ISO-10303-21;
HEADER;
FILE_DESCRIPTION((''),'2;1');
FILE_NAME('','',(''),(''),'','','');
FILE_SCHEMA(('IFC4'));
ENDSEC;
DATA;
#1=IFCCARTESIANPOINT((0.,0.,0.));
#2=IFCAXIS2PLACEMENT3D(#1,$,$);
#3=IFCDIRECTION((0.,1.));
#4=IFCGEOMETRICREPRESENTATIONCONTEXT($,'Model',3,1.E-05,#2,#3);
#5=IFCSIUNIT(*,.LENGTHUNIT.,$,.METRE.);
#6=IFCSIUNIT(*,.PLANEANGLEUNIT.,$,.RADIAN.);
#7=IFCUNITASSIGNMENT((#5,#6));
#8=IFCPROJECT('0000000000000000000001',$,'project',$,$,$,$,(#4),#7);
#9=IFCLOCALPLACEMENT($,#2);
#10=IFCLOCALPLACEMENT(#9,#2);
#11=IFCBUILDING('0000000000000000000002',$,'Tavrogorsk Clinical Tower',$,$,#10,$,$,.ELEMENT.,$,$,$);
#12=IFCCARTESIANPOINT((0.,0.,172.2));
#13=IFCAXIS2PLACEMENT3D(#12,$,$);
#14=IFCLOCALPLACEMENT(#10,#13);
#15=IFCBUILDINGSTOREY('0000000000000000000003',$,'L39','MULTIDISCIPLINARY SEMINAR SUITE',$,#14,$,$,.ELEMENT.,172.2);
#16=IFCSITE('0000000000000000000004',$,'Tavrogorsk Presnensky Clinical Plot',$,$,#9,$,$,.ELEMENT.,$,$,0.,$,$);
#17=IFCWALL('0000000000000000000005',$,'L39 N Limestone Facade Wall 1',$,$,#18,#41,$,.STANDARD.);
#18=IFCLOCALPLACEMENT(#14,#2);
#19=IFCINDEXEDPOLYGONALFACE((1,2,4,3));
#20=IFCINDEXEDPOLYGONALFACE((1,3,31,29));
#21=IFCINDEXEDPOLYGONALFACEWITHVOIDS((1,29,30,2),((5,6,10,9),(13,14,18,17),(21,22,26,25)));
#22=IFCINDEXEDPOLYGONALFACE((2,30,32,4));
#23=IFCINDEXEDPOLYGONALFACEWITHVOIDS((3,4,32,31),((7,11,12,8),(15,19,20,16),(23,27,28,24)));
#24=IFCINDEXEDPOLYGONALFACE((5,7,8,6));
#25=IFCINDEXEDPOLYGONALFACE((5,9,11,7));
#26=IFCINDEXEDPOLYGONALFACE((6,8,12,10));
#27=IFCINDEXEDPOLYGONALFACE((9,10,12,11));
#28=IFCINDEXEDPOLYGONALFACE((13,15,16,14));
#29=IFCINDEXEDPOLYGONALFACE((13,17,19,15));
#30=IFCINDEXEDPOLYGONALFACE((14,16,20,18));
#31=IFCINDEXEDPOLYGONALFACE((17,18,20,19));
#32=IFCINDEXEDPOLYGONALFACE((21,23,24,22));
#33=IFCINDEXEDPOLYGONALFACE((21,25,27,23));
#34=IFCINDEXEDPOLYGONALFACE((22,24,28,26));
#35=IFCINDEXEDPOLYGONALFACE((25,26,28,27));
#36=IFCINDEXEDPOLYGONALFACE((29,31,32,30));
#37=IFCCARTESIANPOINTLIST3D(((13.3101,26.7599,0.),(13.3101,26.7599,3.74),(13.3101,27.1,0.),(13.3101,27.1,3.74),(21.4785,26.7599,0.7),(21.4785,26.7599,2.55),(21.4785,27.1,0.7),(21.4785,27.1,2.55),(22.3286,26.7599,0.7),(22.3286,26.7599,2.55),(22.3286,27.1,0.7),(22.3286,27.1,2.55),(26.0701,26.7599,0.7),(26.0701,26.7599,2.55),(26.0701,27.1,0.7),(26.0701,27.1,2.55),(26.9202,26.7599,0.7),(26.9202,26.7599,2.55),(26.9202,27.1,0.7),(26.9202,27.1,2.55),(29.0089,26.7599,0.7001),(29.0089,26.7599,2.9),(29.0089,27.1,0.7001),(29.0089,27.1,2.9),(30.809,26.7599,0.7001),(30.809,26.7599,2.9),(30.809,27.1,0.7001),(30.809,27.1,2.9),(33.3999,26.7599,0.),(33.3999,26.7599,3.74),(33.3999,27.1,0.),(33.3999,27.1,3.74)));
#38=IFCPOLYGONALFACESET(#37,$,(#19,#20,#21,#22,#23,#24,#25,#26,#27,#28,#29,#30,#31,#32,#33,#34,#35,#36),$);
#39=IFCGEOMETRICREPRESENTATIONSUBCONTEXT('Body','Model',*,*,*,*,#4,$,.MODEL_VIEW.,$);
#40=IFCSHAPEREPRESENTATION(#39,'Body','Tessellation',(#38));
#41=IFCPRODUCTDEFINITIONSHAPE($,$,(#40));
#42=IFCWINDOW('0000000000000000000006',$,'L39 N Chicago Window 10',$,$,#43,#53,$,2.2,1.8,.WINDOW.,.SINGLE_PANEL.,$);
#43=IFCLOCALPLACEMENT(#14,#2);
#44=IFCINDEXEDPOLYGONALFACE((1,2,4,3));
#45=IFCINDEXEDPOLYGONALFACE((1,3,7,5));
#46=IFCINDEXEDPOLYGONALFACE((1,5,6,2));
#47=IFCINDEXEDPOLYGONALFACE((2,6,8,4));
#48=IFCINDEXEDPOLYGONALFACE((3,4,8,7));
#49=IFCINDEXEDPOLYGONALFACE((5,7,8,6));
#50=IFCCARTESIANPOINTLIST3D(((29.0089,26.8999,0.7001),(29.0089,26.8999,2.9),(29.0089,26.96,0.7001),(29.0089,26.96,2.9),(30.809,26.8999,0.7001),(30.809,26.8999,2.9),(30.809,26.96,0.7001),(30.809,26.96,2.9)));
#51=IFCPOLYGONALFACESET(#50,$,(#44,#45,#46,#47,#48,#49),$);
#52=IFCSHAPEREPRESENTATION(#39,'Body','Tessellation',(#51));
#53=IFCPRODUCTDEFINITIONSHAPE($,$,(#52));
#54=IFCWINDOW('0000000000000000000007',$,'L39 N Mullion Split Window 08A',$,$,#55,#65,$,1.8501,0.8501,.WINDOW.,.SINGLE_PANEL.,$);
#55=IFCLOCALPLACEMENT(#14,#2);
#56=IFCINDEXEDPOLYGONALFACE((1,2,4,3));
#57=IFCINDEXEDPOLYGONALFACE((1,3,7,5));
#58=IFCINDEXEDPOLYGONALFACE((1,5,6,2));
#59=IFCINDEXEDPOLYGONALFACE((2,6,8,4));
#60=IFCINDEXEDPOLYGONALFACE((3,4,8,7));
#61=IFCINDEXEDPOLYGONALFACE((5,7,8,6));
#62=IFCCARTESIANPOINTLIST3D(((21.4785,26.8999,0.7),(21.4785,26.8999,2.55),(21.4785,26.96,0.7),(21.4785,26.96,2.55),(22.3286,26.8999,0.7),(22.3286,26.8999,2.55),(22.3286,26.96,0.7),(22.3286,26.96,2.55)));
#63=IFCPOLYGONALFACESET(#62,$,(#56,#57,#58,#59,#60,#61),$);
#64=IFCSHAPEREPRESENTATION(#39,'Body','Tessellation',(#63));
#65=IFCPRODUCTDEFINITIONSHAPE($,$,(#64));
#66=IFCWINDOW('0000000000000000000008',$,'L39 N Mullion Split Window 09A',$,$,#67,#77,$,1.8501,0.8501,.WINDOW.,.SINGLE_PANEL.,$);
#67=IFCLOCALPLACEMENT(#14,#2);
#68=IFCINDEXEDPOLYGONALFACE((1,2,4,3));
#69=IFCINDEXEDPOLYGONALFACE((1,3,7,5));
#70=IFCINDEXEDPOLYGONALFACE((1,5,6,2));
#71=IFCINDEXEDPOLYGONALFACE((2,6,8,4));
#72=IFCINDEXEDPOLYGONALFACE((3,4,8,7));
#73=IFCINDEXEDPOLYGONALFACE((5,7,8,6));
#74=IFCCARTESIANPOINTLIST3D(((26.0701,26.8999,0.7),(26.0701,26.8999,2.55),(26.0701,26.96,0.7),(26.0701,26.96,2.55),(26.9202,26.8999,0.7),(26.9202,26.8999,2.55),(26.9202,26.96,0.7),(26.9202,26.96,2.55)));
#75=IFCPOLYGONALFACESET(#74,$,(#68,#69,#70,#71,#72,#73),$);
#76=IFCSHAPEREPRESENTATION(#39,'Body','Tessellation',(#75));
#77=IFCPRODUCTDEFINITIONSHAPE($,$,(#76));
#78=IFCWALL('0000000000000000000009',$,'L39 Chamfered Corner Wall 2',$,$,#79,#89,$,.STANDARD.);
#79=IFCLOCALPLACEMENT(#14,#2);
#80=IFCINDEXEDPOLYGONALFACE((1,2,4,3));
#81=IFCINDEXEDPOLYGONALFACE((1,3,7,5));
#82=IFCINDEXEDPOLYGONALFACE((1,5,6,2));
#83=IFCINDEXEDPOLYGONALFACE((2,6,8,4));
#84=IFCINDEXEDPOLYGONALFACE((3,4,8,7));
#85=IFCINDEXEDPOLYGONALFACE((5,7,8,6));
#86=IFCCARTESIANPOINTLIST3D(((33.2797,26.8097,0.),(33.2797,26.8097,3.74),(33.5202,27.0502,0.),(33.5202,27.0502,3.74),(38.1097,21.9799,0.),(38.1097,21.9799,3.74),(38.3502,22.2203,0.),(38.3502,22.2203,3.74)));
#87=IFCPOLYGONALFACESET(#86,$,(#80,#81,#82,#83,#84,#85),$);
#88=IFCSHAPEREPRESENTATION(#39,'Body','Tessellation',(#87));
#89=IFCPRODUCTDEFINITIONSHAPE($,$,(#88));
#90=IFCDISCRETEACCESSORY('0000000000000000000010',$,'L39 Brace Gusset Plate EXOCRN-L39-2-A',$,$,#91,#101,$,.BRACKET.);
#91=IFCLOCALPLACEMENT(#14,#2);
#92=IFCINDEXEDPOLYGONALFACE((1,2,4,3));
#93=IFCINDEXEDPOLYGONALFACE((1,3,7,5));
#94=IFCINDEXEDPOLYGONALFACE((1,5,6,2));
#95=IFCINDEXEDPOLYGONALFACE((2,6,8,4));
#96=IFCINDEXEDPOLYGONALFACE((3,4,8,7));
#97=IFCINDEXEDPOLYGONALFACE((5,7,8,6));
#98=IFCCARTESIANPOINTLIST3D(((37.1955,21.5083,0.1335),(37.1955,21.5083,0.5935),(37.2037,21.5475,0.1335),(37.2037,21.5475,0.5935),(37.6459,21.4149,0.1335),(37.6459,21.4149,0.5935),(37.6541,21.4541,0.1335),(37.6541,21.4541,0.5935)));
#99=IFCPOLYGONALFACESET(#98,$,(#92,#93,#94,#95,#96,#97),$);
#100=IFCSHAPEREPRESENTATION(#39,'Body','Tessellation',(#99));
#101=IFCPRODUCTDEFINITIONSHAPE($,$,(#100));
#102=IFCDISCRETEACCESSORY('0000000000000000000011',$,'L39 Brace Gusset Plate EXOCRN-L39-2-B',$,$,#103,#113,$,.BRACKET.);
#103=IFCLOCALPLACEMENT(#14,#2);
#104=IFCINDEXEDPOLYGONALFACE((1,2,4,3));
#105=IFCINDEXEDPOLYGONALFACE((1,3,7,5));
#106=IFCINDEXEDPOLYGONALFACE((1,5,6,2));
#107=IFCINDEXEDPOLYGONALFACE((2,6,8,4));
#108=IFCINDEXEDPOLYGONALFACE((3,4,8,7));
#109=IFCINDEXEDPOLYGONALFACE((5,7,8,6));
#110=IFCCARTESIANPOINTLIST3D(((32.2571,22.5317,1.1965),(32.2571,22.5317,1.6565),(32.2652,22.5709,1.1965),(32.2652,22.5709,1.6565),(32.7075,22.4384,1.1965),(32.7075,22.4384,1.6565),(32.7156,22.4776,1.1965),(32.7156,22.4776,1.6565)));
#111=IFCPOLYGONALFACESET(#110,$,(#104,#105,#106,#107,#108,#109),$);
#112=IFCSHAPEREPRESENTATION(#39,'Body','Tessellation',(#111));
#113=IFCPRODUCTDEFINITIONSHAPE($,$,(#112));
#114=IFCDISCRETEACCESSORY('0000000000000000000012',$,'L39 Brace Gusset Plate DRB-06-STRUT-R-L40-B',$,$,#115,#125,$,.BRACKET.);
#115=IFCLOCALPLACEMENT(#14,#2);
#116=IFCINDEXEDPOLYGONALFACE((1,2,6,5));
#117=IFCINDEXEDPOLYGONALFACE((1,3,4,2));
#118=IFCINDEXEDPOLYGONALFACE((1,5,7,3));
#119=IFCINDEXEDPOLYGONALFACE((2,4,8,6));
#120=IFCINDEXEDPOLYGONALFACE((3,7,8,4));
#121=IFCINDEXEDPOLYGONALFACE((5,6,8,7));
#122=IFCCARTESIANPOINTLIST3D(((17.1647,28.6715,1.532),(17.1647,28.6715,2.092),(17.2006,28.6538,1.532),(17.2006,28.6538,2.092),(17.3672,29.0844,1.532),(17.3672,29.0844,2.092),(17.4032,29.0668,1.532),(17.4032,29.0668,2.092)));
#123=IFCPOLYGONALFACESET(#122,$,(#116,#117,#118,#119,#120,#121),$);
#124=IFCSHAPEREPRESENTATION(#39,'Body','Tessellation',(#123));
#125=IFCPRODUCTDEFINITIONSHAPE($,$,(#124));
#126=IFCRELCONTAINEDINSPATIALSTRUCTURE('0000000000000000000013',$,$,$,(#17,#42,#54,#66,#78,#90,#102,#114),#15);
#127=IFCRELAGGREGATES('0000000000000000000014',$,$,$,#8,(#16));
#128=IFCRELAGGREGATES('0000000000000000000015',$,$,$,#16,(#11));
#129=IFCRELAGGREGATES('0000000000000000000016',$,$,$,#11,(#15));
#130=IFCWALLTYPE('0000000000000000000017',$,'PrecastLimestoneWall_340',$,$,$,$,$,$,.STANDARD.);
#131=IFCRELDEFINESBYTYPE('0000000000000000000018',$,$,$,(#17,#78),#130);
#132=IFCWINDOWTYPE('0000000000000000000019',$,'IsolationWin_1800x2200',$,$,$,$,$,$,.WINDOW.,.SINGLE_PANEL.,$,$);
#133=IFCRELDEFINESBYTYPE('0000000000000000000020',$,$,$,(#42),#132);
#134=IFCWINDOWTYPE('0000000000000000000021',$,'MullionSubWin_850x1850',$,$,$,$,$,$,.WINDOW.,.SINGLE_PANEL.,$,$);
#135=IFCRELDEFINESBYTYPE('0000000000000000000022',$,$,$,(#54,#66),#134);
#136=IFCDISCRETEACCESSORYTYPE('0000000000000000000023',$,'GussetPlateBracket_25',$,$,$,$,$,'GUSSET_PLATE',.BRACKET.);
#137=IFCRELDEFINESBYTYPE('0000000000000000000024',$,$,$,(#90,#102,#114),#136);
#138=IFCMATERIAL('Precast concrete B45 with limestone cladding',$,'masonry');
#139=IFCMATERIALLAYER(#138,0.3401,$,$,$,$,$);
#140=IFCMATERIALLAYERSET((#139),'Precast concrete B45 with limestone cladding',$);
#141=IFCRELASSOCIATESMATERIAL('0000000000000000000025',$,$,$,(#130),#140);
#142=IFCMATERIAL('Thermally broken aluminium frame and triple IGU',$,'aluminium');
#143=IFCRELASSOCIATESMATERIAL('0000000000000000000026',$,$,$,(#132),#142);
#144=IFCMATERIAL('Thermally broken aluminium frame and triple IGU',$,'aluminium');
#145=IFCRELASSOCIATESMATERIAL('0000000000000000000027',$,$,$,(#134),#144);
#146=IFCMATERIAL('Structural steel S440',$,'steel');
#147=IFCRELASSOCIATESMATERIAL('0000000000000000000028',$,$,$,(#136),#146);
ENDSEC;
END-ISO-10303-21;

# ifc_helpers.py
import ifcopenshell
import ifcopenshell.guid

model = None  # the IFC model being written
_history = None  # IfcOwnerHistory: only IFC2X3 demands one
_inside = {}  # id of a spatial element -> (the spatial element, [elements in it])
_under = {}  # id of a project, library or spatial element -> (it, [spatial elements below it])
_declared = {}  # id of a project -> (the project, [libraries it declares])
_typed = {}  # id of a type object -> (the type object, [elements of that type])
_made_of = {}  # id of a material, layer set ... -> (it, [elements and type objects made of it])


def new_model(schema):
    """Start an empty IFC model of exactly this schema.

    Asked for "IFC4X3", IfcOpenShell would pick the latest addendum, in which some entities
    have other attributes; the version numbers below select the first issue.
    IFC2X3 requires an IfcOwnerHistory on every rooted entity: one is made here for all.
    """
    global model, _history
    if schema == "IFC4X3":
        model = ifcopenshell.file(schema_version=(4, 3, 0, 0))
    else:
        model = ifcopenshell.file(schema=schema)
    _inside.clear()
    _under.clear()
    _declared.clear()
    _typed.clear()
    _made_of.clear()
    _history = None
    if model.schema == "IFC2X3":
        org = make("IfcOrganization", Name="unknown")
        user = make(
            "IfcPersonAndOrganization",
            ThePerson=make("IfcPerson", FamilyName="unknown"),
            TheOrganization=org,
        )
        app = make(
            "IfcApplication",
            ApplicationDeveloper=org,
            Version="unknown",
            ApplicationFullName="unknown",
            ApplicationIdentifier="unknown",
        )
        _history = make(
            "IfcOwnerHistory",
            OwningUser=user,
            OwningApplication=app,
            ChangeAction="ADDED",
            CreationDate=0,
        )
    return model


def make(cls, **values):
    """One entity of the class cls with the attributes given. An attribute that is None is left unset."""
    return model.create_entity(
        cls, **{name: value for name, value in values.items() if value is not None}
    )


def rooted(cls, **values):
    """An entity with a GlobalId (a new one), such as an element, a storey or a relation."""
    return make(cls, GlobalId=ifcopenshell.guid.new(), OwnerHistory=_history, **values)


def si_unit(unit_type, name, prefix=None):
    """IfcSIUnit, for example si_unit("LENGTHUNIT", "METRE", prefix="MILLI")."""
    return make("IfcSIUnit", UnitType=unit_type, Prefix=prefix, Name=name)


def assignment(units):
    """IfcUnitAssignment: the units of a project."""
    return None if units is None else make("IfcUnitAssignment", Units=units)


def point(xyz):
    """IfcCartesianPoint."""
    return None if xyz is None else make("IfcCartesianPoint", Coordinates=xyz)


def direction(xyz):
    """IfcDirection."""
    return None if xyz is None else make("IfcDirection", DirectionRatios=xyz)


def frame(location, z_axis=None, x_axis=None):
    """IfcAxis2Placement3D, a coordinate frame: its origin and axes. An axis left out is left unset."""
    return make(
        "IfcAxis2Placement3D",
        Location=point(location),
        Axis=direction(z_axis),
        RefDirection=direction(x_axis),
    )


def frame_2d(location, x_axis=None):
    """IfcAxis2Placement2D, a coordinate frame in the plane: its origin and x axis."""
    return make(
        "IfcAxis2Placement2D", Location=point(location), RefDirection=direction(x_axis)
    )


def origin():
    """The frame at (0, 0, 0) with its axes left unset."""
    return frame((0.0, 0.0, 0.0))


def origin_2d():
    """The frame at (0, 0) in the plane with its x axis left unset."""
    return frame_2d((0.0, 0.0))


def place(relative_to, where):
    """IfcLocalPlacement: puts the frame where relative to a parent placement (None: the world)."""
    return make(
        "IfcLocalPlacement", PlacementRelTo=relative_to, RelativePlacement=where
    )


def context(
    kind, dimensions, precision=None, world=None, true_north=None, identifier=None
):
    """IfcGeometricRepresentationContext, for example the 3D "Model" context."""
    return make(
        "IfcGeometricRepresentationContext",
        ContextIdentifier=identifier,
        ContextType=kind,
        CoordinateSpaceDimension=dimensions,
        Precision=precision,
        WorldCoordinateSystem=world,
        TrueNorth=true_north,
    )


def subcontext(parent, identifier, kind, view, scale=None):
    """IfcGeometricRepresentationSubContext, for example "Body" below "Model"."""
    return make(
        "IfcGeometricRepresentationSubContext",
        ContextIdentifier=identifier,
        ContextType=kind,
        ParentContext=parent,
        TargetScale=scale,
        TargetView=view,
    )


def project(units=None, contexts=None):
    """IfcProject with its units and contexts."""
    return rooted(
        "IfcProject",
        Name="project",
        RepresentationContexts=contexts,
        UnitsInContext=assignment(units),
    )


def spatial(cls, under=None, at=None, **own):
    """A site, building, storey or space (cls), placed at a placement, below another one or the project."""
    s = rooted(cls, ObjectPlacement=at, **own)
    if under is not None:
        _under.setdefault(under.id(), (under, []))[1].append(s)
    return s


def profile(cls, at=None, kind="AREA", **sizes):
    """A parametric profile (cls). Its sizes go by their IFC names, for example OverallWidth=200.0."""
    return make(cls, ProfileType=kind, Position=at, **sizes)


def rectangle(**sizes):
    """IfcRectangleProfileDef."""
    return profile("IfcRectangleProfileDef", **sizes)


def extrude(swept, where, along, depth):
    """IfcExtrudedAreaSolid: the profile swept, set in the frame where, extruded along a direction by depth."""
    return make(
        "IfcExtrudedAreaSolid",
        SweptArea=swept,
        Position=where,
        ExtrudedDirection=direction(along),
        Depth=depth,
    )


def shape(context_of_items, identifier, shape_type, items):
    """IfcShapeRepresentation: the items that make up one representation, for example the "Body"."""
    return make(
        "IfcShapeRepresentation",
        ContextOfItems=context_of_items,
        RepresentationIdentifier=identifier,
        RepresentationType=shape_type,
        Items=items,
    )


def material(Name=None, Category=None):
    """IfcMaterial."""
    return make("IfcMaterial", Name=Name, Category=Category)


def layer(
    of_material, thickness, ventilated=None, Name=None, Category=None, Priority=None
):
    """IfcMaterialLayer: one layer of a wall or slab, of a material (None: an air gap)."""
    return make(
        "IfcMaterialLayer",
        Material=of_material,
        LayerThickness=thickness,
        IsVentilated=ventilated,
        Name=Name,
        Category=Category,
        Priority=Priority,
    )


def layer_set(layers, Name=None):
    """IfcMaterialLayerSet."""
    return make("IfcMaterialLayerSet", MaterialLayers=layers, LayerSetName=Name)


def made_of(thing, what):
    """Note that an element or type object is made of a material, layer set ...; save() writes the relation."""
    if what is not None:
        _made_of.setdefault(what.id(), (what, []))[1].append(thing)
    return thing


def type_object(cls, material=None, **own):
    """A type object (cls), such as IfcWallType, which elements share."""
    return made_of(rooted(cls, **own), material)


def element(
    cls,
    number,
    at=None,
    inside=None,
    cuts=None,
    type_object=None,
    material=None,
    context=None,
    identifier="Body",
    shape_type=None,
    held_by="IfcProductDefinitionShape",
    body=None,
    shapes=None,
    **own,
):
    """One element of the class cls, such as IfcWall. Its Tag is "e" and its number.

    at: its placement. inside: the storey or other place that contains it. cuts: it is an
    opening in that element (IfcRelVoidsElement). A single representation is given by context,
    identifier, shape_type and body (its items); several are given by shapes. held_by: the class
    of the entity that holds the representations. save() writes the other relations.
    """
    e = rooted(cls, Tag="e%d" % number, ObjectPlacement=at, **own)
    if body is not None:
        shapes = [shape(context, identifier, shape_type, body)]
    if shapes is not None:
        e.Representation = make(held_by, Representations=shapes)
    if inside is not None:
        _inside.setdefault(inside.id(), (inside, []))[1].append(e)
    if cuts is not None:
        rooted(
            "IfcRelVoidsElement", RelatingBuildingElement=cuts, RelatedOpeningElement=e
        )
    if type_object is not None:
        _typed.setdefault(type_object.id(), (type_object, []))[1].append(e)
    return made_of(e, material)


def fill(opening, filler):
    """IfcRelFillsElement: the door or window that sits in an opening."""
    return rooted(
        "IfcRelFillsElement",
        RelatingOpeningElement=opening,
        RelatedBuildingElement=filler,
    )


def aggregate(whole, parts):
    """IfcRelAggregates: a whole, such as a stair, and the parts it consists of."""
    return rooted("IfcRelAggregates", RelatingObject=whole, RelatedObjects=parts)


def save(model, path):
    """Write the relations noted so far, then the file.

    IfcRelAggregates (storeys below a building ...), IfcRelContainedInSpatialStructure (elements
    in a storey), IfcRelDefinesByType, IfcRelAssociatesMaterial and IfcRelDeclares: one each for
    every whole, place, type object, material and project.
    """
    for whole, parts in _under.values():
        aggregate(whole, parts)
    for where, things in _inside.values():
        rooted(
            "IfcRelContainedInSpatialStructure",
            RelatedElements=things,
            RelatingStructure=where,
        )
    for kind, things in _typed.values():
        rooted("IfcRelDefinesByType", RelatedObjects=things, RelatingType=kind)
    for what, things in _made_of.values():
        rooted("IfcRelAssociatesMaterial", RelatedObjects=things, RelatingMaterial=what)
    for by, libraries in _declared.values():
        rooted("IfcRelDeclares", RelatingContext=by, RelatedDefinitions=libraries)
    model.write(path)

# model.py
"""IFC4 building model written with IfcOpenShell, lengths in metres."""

from ifc_helpers import new_model, si_unit, direction, frame, frame_2d, origin, origin_2d, place, context, subcontext, project, spatial, rectangle, extrude, material, layer, layer_set, type_object, element, fill, save


model = new_model("IFC4")

# Units and contexts
model_context = context("Model", 3, precision=1e-05, world=origin(), true_north=direction((0.0, 1.0)))
body_context = subcontext(model_context, "Body", "Model", "MODEL_VIEW")
ifc_project = project(units=[si_unit("LENGTHUNIT", "METRE"), si_unit("PLANEANGLEUNIT", "RADIAN")], contexts=[model_context])

# Site, building, storey
site_placement = place(None, origin())
site = spatial("IfcSite", under=ifc_project, at=site_placement, Name="Tavrogorsk Presnensky Clinical Plot", CompositionType="ELEMENT", RefElevation=0.0)
building_placement = place(site_placement, origin())
building = spatial("IfcBuilding", under=site, at=building_placement, Name="Tavrogorsk Clinical Tower", CompositionType="ELEMENT")
storey_placement = place(building_placement, frame((0.0, 0.0, 172.2)))
storey = spatial("IfcBuildingStorey", under=building, at=storey_placement, Name="L39", Description="MULTIDISCIPLINARY SEMINAR SUITE", CompositionType="ELEMENT", Elevation=172.2)

# Wall, openings, windows
ifc_material_1 = material(Name="Precast concrete B45 with limestone cladding", Category="masonry")
ifc_layer_1 = layer(ifc_material_1, 0.3401)
ifc_layer_set_1 = layer_set([ifc_layer_1], Name="Precast concrete B45 with limestone cladding")
wall_type_1 = type_object("IfcWallType", Name="PrecastLimestoneWall_340", PredefinedType="STANDARD", material=ifc_layer_set_1)
wall_1_placement = place(storey_placement, frame((33.3999, 26.9299, 0.0), z_axis=(0.0, 0.0, 1.0), x_axis=(-1.0, 0.0, 0.0)))
wall_1 = element("IfcWall", 1, at=wall_1_placement, inside=storey, type_object=wall_type_1, Name="L39 N Limestone Facade Wall 1", PredefinedType="STANDARD", context=body_context, shape_type="SweptSolid", body=[
    extrude(rectangle(XDim=20.0898, YDim=0.3401, at=frame_2d((10.0449, 0.0))), origin(), (0.0, 0.0, 1.0), 3.74),
])
opening_1_placement = place(wall_1_placement, frame((11.0713, 0.0, 0.7)))
opening_1 = element("IfcOpeningElement", 2, at=opening_1_placement, cuts=wall_1, PredefinedType="OPENING", context=body_context, shape_type="SweptSolid", body=[
    extrude(rectangle(XDim=0.8501, YDim=1.8501, at=frame_2d((0.425, 0.925))), frame((0.0, 0.1799, 0.0), z_axis=(0.0, -1.0, 0.0), x_axis=(1.0, 0.0, 0.0)), (0.0, 0.0, 1.0), 0.3601),
])
opening_2_placement = place(wall_1_placement, frame((6.4797, 0.0, 0.7)))
opening_2 = element("IfcOpeningElement", 3, at=opening_2_placement, cuts=wall_1, PredefinedType="OPENING", context=body_context, shape_type="SweptSolid", body=[
    extrude(rectangle(XDim=0.8501, YDim=1.8501, at=frame_2d((0.425, 0.925))), frame((0.0, 0.1799, 0.0), z_axis=(0.0, -1.0, 0.0), x_axis=(1.0, 0.0, 0.0)), (0.0, 0.0, 1.0), 0.3601),
])
opening_3_placement = place(wall_1_placement, frame((2.5911, 0.0, 0.7)))
opening_3 = element("IfcOpeningElement", 4, at=opening_3_placement, cuts=wall_1, PredefinedType="OPENING", context=body_context, shape_type="SweptSolid", body=[
    extrude(rectangle(XDim=1.8, YDim=2.2, at=frame_2d((0.8999, 1.1001))), frame((0.0, 0.1799, 0.0), z_axis=(0.0, -1.0, 0.0), x_axis=(1.0, 0.0, 0.0)), (0.0, 0.0, 1.0), 0.3601),
])
ifc_material_2 = material(Name="Thermally broken aluminium frame and triple IGU", Category="aluminium")
window_type_1 = type_object("IfcWindowType", Name="IsolationWin_1800x2200", PartitioningType="SINGLE_PANEL", PredefinedType="WINDOW", material=ifc_material_2)
window_1_placement = place(opening_3_placement, origin())
window_1 = element("IfcWindow", 5, at=window_1_placement, inside=storey, type_object=window_type_1, Name="L39 N Chicago Window 10", OverallHeight=2.2, OverallWidth=1.8, PartitioningType="SINGLE_PANEL", PredefinedType="WINDOW", context=body_context, shape_type="SweptSolid", body=[
    extrude(rectangle(XDim=1.8, YDim=2.2, at=frame_2d((0.8999, 1.1001))), frame((0.0, 0.03, 0.0), z_axis=(0.0, -1.0, 0.0), x_axis=(1.0, 0.0, 0.0)), (0.0, 0.0, 1.0), 0.0601),
])
fill(opening_3, window_1)
ifc_material_3 = material(Name="Thermally broken aluminium frame and triple IGU", Category="aluminium")
window_type_2 = type_object("IfcWindowType", Name="MullionSubWin_850x1850", PartitioningType="SINGLE_PANEL", PredefinedType="WINDOW", material=ifc_material_3)
window_2_placement = place(opening_1_placement, origin())
window_2 = element("IfcWindow", 6, at=window_2_placement, inside=storey, type_object=window_type_2, Name="L39 N Mullion Split Window 08A", OverallHeight=1.8501, OverallWidth=0.8501, PartitioningType="SINGLE_PANEL", PredefinedType="WINDOW", context=body_context, shape_type="SweptSolid", body=[
    extrude(rectangle(XDim=0.8501, YDim=1.8501, at=frame_2d((0.425, 0.925))), frame((0.0, 0.03, 0.0), z_axis=(0.0, -1.0, 0.0), x_axis=(1.0, 0.0, 0.0)), (0.0, 0.0, 1.0), 0.0601),
])
fill(opening_1, window_2)
window_3_placement = place(opening_2_placement, origin())
window_3 = element("IfcWindow", 7, at=window_3_placement, inside=storey, type_object=window_type_2, Name="L39 N Mullion Split Window 09A", OverallHeight=1.8501, OverallWidth=0.8501, PartitioningType="SINGLE_PANEL", PredefinedType="WINDOW", context=body_context, shape_type="SweptSolid", body=[
    extrude(rectangle(XDim=0.8501, YDim=1.8501, at=frame_2d((0.425, 0.925))), frame((0.0, 0.03, 0.0), z_axis=(0.0, -1.0, 0.0), x_axis=(1.0, 0.0, 0.0)), (0.0, 0.0, 1.0), 0.0601),
])
fill(opening_2, window_3)

# Wall
wall_2_placement = place(storey_placement, frame((38.23, 22.1001, 0.0), z_axis=(0.0, 0.0, 1.0), x_axis=(-0.707125, 0.707089, 0.0)))
element("IfcWall", 8, at=wall_2_placement, inside=storey, type_object=wall_type_1, Name="L39 Chamfered Corner Wall 2", PredefinedType="STANDARD", context=body_context, shape_type="SweptSolid", body=[
    extrude(rectangle(XDim=6.8306, YDim=0.3401, at=frame_2d((3.4153, 0.0))), origin(), (0.0, 0.0, 1.0), 3.74),
])

# Discrete accessories
ifc_material_4 = material(Name="Structural steel S440", Category="steel")
discrete_accessory_type = type_object("IfcDiscreteAccessoryType", Name="GussetPlateBracket_25", ElementType="GUSSET_PLATE", PredefinedType="BRACKET", material=ifc_material_4)
for number, where, z_axis, x_axis, name in (
    (9, (37.4248, 21.4812, 0.1335), (0.0, 0.0, 1.0), (-0.979187, 0.202958, 0.0), "L39 Brace Gusset Plate EXOCRN-L39-2-A"),
    (10, (32.4863, 22.5046, 1.1965), (0.0, 0.0, 1.0), (-0.979187, 0.202958, 0.0), "L39 Brace Gusset Plate EXOCRN-L39-2-B"),
):
    element("IfcDiscreteAccessory", number, at=place(storey_placement, frame(where, z_axis=z_axis, x_axis=x_axis)), inside=storey, type_object=discrete_accessory_type, Name=name, PredefinedType="BRACKET", context=body_context, shape_type="SweptSolid", body=[
        extrude(rectangle(XDim=0.46, YDim=0.04, at=origin_2d()), origin(), (0.0, 0.0, 1.0), 0.46),
    ])
discrete_accessory_placement = place(storey_placement, frame((17.2839, 28.8691, 1.532), z_axis=(0.0, 0.0, 1.0), x_axis=(0.440409, 0.897797, 0.0)))
element("IfcDiscreteAccessory", 11, at=discrete_accessory_placement, inside=storey, type_object=discrete_accessory_type, Name="L39 Brace Gusset Plate DRB-06-STRUT-R-L40-B", PredefinedType="BRACKET", context=body_context, shape_type="SweptSolid", body=[
    extrude(rectangle(XDim=0.46, YDim=0.04, at=origin_2d()), origin(), (0.0, 0.0, 1.0), 0.5601),
])

save(model, "model.ifc")
